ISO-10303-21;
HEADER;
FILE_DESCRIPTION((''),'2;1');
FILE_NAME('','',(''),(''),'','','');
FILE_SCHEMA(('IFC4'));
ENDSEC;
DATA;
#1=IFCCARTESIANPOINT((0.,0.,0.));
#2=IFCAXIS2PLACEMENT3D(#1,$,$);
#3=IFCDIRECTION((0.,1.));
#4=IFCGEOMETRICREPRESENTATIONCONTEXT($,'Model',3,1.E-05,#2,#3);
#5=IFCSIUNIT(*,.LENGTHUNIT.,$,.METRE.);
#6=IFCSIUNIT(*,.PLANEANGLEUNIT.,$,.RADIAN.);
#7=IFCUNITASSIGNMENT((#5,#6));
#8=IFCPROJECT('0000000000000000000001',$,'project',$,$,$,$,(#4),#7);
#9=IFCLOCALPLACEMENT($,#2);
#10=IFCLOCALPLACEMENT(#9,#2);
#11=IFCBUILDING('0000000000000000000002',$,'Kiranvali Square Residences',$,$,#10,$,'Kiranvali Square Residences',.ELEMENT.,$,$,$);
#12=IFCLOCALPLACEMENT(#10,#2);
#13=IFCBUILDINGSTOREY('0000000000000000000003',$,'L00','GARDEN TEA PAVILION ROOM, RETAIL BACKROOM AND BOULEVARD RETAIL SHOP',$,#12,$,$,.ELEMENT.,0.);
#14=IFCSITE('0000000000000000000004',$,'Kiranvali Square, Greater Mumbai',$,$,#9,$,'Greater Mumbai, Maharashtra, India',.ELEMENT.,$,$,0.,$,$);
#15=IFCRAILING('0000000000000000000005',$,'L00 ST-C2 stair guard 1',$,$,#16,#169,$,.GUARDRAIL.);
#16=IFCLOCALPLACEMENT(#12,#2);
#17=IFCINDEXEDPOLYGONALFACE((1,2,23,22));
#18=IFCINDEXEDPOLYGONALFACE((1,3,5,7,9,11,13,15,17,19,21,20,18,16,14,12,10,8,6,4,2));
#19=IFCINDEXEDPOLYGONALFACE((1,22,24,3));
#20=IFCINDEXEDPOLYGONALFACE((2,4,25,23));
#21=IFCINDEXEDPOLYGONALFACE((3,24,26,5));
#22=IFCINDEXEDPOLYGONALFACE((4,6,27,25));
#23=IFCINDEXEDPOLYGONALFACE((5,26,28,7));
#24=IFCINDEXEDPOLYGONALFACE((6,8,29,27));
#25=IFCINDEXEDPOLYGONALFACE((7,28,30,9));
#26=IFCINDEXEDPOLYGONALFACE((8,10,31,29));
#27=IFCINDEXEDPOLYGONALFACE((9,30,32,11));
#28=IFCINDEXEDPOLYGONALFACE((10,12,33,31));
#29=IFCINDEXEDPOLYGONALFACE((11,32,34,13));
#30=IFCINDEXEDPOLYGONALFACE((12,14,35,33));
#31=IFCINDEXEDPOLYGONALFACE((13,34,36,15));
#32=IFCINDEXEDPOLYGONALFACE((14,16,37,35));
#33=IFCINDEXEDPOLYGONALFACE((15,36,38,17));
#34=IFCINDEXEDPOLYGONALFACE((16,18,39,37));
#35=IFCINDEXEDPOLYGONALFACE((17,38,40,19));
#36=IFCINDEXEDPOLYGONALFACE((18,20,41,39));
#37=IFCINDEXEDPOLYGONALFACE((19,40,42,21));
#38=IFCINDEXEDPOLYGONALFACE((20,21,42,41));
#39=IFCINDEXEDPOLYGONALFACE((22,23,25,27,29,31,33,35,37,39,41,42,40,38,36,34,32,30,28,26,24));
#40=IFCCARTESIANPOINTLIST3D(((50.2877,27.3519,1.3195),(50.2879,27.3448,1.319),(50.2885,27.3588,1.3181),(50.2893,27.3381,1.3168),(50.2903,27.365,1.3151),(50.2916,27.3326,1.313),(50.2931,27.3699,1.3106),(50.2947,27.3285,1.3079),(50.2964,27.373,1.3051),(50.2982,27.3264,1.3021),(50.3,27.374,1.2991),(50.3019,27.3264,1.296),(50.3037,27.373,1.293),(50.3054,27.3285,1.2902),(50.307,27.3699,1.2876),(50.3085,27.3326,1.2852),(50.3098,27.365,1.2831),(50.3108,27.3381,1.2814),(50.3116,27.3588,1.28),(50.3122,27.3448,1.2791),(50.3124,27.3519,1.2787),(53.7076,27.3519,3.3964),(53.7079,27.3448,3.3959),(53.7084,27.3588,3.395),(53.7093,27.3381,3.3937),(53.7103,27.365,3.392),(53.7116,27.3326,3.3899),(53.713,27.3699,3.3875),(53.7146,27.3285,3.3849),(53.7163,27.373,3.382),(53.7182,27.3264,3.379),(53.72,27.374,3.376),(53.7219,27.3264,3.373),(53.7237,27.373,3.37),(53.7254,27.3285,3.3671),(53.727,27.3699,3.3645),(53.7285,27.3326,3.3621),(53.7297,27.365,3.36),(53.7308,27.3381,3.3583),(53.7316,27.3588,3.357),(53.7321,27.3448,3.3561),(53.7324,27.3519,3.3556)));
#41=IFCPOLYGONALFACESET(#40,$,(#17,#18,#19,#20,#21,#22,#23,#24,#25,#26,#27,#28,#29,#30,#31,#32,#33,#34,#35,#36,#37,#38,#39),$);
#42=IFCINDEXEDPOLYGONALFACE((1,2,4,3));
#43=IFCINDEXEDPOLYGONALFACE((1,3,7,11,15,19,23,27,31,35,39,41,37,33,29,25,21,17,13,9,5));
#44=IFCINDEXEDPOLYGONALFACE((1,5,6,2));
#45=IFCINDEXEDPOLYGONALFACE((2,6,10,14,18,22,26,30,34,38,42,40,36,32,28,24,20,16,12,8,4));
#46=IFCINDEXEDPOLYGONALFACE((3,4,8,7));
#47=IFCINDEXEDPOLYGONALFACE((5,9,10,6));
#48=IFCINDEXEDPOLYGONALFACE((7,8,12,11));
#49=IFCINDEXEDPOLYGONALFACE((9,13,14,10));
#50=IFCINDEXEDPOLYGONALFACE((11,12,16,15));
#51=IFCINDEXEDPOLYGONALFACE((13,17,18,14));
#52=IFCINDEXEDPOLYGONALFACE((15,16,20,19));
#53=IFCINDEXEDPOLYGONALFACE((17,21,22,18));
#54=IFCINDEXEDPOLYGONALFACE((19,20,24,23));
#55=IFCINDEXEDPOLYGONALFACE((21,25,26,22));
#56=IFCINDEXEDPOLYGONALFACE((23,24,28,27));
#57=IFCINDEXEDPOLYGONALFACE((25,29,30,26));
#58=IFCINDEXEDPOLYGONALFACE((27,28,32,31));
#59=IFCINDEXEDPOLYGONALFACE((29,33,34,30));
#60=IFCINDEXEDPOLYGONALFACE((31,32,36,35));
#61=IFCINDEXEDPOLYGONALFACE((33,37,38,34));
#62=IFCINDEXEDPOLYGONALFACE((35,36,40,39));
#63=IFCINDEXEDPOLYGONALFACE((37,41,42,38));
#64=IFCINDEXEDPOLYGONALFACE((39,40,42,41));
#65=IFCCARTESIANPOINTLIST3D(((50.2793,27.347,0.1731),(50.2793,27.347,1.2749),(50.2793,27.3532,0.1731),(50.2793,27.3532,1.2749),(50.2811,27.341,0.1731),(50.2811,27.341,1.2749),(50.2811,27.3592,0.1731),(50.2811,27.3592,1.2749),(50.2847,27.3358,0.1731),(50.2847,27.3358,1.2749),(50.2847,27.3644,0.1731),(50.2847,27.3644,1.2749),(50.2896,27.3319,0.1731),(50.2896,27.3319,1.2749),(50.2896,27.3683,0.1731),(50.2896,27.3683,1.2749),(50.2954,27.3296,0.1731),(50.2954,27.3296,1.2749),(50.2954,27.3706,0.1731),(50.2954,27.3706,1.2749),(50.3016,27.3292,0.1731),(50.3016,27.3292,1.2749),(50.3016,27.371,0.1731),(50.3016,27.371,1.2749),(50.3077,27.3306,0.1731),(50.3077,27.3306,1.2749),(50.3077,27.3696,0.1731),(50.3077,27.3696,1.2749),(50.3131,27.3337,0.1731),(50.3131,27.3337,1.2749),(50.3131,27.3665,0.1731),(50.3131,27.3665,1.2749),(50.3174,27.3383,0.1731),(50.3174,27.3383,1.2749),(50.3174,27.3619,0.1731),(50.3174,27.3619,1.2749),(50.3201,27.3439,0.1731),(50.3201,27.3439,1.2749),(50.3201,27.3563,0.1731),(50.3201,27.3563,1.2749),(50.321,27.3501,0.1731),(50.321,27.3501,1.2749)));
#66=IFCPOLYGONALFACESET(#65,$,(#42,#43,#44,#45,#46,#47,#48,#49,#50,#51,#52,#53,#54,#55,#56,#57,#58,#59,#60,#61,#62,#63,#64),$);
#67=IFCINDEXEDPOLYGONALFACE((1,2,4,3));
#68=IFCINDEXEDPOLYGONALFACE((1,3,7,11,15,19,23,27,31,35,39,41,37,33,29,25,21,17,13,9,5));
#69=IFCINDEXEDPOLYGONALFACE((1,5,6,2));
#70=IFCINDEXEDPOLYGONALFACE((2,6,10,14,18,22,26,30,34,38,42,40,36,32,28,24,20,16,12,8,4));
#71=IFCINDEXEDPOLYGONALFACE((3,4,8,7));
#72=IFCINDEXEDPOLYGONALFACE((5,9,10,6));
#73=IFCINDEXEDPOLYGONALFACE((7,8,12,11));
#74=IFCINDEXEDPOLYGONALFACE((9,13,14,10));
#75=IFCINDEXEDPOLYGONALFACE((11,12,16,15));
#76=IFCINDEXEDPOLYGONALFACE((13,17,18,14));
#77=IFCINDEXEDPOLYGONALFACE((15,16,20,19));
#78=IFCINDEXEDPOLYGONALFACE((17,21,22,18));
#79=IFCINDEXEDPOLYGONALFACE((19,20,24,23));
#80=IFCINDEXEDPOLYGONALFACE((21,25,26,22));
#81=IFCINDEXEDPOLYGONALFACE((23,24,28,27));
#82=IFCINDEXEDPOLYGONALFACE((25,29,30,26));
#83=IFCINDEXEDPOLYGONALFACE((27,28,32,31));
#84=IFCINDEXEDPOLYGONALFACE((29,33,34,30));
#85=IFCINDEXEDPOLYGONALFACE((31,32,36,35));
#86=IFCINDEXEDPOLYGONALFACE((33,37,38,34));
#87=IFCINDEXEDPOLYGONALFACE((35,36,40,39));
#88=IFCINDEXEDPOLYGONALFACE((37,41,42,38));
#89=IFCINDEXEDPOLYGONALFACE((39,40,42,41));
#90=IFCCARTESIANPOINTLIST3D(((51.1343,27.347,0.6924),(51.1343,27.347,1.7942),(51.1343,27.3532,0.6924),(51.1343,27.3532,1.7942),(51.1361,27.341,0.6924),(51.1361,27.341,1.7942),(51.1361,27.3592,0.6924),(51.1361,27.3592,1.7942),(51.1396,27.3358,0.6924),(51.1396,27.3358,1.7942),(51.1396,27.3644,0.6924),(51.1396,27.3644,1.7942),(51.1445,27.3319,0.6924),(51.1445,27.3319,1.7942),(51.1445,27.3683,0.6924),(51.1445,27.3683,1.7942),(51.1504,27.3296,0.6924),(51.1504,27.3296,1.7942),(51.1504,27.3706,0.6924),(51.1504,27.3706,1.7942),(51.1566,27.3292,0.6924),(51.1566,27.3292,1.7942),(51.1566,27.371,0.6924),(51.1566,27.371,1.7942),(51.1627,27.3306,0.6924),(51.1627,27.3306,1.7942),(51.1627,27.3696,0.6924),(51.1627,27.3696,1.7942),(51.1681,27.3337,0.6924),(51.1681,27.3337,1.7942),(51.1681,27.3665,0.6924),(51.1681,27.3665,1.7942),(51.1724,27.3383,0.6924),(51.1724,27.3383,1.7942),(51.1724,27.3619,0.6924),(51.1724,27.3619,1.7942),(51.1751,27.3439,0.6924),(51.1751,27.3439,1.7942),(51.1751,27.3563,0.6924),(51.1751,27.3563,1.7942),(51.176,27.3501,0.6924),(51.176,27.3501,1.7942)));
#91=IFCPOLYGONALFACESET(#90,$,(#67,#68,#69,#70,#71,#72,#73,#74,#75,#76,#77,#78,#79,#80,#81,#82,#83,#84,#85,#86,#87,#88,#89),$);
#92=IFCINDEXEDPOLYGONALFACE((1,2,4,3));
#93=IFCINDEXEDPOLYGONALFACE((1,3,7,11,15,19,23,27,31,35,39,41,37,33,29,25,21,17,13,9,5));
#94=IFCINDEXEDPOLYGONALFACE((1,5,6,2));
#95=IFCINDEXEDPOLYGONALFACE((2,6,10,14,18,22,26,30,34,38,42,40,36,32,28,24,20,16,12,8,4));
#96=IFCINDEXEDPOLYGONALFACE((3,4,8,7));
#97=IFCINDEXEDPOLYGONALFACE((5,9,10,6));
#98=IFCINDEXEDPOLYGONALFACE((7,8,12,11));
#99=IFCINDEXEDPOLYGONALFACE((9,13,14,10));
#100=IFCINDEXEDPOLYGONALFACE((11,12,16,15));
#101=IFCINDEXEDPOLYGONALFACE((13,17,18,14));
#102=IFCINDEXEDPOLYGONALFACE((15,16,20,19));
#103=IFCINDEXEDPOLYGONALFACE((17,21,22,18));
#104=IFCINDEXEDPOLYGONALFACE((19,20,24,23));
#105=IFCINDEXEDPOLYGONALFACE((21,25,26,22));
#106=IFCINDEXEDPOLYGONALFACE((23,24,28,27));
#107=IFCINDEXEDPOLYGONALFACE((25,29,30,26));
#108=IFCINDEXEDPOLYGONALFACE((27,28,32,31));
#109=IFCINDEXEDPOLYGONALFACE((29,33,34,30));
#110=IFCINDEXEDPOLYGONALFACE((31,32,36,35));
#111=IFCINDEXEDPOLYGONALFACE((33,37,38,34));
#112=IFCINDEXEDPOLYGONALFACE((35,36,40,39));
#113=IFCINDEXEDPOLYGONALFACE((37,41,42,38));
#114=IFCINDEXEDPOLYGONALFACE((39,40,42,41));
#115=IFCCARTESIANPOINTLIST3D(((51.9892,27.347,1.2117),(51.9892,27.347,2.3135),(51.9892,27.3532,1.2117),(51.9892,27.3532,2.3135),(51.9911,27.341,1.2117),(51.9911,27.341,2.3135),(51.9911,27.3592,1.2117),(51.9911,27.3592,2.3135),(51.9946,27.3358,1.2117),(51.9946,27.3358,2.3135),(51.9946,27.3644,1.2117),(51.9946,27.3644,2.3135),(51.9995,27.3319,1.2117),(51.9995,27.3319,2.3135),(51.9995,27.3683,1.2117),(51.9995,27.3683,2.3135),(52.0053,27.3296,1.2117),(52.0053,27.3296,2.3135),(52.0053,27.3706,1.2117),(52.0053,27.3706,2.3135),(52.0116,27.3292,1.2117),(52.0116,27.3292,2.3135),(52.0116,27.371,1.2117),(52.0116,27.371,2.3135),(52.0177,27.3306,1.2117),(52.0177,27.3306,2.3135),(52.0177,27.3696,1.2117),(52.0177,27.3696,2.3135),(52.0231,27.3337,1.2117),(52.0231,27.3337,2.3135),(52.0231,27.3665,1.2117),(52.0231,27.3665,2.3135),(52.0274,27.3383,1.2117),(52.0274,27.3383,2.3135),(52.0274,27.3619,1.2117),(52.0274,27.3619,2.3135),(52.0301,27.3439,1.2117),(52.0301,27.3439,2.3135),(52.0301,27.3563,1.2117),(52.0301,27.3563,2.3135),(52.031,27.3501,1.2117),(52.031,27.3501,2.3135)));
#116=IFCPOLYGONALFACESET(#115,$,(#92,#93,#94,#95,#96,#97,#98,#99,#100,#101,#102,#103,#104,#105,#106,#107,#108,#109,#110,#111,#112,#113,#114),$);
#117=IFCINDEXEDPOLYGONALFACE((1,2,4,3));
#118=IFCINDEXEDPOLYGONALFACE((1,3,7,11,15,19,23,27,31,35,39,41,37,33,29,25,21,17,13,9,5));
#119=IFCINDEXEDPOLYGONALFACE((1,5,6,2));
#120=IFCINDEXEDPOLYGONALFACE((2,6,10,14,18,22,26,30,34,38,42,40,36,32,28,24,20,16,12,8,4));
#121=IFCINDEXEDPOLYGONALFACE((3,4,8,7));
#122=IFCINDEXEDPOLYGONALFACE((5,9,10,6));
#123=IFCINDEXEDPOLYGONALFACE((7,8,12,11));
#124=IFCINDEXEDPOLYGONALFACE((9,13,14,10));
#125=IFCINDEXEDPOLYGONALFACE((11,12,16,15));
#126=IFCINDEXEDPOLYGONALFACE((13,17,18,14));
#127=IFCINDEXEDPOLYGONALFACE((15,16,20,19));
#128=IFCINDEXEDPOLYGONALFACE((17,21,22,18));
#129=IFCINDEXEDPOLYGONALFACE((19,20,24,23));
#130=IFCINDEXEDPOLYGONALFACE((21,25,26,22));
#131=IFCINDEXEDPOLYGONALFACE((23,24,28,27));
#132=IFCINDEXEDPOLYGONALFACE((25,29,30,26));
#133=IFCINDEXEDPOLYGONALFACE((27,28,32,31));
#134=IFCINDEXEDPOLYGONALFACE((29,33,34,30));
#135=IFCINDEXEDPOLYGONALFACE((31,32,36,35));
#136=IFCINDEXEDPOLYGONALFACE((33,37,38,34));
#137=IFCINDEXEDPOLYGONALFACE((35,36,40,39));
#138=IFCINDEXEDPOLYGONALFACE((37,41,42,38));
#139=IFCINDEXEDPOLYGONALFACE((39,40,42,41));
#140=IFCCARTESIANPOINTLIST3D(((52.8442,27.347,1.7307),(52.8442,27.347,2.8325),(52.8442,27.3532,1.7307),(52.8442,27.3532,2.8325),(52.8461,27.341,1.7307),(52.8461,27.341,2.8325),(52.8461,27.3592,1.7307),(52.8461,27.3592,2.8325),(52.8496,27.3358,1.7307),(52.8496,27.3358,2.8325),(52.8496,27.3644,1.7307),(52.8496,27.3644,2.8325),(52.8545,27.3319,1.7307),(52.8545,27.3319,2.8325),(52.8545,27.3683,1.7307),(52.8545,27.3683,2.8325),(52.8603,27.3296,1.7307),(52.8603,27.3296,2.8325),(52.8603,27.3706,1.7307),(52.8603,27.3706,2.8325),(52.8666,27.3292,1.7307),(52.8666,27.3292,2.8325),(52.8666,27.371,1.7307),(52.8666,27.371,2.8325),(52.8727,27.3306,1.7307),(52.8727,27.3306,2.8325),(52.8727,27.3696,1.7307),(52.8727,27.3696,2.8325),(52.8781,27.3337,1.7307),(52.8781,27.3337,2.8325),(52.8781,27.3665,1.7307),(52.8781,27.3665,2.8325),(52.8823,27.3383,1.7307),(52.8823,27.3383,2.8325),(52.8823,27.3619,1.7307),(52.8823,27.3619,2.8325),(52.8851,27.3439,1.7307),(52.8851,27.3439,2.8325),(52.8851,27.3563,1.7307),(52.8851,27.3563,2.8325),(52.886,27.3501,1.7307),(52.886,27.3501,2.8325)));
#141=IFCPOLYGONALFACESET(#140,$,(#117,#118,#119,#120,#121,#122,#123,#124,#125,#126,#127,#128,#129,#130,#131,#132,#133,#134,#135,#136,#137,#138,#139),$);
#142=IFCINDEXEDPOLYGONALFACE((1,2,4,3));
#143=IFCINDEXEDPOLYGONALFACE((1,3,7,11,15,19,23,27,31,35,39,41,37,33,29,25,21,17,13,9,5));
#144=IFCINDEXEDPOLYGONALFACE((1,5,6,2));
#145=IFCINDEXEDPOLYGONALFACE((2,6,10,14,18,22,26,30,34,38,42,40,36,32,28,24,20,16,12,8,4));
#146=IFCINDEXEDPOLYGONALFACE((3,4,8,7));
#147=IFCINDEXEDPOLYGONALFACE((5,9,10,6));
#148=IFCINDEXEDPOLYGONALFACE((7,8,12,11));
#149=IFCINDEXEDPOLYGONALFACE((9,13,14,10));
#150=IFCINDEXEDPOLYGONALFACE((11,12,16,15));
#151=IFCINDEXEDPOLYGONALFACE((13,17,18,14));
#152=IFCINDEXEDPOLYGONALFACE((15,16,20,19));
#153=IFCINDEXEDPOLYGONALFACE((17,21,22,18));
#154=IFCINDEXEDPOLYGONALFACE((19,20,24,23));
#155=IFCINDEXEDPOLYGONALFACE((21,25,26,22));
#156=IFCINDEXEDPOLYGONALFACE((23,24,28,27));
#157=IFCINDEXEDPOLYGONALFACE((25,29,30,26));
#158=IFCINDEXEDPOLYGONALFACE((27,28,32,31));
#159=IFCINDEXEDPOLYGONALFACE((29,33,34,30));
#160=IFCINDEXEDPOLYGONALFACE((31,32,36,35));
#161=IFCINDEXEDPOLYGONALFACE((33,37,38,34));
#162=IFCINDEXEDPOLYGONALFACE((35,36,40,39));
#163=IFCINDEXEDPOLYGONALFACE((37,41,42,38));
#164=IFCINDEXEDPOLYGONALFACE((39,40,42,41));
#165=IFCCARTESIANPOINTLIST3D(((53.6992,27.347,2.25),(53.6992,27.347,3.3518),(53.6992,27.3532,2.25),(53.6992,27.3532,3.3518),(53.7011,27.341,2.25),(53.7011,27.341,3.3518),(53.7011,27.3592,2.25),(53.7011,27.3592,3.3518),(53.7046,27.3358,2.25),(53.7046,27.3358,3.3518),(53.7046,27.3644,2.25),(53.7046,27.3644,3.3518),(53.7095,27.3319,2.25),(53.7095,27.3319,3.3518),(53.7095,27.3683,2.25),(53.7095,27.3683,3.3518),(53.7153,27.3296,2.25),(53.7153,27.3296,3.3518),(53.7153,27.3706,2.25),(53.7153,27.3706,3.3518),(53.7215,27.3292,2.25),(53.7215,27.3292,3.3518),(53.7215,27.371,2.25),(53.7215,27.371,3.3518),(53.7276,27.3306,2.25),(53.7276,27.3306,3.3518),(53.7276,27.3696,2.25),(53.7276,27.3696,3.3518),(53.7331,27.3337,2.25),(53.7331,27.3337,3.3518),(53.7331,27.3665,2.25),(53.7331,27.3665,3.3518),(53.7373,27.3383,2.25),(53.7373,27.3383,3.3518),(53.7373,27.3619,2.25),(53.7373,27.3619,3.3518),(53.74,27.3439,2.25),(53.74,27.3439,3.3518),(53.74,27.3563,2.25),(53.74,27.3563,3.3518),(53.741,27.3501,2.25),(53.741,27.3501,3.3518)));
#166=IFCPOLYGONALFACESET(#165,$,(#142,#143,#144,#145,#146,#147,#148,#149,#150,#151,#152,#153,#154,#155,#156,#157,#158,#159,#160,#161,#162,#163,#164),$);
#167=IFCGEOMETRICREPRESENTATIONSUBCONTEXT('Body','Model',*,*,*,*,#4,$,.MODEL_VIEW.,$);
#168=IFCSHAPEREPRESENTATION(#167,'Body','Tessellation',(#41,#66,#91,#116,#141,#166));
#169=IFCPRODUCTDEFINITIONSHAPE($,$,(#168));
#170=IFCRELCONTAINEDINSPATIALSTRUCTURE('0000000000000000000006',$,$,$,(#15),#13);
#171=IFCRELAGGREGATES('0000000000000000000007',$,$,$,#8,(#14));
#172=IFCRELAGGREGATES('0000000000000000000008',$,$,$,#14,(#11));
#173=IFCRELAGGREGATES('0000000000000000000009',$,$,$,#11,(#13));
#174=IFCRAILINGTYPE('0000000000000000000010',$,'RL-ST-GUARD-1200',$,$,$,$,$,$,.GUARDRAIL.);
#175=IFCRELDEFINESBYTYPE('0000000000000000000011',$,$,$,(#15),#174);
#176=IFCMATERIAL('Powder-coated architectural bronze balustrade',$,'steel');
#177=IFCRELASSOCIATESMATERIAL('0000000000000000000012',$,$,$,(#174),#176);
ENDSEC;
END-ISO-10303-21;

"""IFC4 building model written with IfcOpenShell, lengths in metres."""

from ifc_helpers import new_model, si_unit, direction, frame, origin, origin_2d, place, context, subcontext, project, spatial, circle, extrude, material, type_object, element, save


model = new_model("IFC4")

# Units and contexts
model_context = context("Model", 3, precision=1e-05, world=origin(), true_north=direction((0.0, 1.0)))
body_context = subcontext(model_context, "Body", "Model", "MODEL_VIEW")
ifc_project = project(units=[si_unit("LENGTHUNIT", "METRE"), si_unit("PLANEANGLEUNIT", "RADIAN")], contexts=[model_context])

# Site, building, storey
site_placement = place(None, origin())
site = spatial("IfcSite", under=ifc_project, at=site_placement, Name="Kiranvali Square, Greater Mumbai", LongName="Greater Mumbai, Maharashtra, India", CompositionType="ELEMENT", RefElevation=0.0)
building_placement = place(site_placement, origin())
building = spatial("IfcBuilding", under=site, at=building_placement, Name="Kiranvali Square Residences", LongName="Kiranvali Square Residences", CompositionType="ELEMENT")
storey_placement = place(building_placement, origin())
storey = spatial("IfcBuildingStorey", under=building, at=storey_placement, Name="L00", Description="GARDEN TEA PAVILION ROOM, RETAIL BACKROOM AND BOULEVARD RETAIL SHOP", CompositionType="ELEMENT", Elevation=0.0)

# Railing
ifc_material_1 = material(Name="Powder-coated architectural bronze balustrade", Category="steel")
railing_type_1 = type_object("IfcRailingType", Name="RL-ST-GUARD-1200", PredefinedType="GUARDRAIL", material=ifc_material_1)
railing_1_placement = place(storey_placement, frame((50.3, 27.3501, 0.1731)))
element("IfcRailing", 1, at=railing_1_placement, inside=storey, type_object=railing_type_1, Name="L00 ST-C2 stair guard 1", PredefinedType="GUARDRAIL", context=body_context, shape_type="SweptSolid", body=[
    extrude(circle(Radius=0.0239, at=origin_2d()), frame((0.0, 0.0, 1.126), z_axis=(0.85473, 0.0, 0.519074), x_axis=(0.0, 1.0, 0.0)), (0.0, 0.0, 1.0), 4.0012),
    extrude(circle(Radius=0.021, at=origin_2d()), origin(), (0.0, 0.0, 1.0), 1.1018),
    extrude(circle(Radius=0.021, at=origin_2d()), frame((0.855, 0.0, 0.5193)), (0.0, 0.0, 1.0), 1.1018),
    extrude(circle(Radius=0.021, at=origin_2d()), frame((1.71, 0.0, 1.0386)), (0.0, 0.0, 1.0), 1.1018),
    extrude(circle(Radius=0.021, at=origin_2d()), frame((2.5649, 0.0, 1.5576)), (0.0, 0.0, 1.0), 1.1018),
    extrude(circle(Radius=0.021, at=origin_2d()), frame((3.4199, 0.0, 2.0769)), (0.0, 0.0, 1.0), 1.1018),
])

save(model, "model.ifc")
